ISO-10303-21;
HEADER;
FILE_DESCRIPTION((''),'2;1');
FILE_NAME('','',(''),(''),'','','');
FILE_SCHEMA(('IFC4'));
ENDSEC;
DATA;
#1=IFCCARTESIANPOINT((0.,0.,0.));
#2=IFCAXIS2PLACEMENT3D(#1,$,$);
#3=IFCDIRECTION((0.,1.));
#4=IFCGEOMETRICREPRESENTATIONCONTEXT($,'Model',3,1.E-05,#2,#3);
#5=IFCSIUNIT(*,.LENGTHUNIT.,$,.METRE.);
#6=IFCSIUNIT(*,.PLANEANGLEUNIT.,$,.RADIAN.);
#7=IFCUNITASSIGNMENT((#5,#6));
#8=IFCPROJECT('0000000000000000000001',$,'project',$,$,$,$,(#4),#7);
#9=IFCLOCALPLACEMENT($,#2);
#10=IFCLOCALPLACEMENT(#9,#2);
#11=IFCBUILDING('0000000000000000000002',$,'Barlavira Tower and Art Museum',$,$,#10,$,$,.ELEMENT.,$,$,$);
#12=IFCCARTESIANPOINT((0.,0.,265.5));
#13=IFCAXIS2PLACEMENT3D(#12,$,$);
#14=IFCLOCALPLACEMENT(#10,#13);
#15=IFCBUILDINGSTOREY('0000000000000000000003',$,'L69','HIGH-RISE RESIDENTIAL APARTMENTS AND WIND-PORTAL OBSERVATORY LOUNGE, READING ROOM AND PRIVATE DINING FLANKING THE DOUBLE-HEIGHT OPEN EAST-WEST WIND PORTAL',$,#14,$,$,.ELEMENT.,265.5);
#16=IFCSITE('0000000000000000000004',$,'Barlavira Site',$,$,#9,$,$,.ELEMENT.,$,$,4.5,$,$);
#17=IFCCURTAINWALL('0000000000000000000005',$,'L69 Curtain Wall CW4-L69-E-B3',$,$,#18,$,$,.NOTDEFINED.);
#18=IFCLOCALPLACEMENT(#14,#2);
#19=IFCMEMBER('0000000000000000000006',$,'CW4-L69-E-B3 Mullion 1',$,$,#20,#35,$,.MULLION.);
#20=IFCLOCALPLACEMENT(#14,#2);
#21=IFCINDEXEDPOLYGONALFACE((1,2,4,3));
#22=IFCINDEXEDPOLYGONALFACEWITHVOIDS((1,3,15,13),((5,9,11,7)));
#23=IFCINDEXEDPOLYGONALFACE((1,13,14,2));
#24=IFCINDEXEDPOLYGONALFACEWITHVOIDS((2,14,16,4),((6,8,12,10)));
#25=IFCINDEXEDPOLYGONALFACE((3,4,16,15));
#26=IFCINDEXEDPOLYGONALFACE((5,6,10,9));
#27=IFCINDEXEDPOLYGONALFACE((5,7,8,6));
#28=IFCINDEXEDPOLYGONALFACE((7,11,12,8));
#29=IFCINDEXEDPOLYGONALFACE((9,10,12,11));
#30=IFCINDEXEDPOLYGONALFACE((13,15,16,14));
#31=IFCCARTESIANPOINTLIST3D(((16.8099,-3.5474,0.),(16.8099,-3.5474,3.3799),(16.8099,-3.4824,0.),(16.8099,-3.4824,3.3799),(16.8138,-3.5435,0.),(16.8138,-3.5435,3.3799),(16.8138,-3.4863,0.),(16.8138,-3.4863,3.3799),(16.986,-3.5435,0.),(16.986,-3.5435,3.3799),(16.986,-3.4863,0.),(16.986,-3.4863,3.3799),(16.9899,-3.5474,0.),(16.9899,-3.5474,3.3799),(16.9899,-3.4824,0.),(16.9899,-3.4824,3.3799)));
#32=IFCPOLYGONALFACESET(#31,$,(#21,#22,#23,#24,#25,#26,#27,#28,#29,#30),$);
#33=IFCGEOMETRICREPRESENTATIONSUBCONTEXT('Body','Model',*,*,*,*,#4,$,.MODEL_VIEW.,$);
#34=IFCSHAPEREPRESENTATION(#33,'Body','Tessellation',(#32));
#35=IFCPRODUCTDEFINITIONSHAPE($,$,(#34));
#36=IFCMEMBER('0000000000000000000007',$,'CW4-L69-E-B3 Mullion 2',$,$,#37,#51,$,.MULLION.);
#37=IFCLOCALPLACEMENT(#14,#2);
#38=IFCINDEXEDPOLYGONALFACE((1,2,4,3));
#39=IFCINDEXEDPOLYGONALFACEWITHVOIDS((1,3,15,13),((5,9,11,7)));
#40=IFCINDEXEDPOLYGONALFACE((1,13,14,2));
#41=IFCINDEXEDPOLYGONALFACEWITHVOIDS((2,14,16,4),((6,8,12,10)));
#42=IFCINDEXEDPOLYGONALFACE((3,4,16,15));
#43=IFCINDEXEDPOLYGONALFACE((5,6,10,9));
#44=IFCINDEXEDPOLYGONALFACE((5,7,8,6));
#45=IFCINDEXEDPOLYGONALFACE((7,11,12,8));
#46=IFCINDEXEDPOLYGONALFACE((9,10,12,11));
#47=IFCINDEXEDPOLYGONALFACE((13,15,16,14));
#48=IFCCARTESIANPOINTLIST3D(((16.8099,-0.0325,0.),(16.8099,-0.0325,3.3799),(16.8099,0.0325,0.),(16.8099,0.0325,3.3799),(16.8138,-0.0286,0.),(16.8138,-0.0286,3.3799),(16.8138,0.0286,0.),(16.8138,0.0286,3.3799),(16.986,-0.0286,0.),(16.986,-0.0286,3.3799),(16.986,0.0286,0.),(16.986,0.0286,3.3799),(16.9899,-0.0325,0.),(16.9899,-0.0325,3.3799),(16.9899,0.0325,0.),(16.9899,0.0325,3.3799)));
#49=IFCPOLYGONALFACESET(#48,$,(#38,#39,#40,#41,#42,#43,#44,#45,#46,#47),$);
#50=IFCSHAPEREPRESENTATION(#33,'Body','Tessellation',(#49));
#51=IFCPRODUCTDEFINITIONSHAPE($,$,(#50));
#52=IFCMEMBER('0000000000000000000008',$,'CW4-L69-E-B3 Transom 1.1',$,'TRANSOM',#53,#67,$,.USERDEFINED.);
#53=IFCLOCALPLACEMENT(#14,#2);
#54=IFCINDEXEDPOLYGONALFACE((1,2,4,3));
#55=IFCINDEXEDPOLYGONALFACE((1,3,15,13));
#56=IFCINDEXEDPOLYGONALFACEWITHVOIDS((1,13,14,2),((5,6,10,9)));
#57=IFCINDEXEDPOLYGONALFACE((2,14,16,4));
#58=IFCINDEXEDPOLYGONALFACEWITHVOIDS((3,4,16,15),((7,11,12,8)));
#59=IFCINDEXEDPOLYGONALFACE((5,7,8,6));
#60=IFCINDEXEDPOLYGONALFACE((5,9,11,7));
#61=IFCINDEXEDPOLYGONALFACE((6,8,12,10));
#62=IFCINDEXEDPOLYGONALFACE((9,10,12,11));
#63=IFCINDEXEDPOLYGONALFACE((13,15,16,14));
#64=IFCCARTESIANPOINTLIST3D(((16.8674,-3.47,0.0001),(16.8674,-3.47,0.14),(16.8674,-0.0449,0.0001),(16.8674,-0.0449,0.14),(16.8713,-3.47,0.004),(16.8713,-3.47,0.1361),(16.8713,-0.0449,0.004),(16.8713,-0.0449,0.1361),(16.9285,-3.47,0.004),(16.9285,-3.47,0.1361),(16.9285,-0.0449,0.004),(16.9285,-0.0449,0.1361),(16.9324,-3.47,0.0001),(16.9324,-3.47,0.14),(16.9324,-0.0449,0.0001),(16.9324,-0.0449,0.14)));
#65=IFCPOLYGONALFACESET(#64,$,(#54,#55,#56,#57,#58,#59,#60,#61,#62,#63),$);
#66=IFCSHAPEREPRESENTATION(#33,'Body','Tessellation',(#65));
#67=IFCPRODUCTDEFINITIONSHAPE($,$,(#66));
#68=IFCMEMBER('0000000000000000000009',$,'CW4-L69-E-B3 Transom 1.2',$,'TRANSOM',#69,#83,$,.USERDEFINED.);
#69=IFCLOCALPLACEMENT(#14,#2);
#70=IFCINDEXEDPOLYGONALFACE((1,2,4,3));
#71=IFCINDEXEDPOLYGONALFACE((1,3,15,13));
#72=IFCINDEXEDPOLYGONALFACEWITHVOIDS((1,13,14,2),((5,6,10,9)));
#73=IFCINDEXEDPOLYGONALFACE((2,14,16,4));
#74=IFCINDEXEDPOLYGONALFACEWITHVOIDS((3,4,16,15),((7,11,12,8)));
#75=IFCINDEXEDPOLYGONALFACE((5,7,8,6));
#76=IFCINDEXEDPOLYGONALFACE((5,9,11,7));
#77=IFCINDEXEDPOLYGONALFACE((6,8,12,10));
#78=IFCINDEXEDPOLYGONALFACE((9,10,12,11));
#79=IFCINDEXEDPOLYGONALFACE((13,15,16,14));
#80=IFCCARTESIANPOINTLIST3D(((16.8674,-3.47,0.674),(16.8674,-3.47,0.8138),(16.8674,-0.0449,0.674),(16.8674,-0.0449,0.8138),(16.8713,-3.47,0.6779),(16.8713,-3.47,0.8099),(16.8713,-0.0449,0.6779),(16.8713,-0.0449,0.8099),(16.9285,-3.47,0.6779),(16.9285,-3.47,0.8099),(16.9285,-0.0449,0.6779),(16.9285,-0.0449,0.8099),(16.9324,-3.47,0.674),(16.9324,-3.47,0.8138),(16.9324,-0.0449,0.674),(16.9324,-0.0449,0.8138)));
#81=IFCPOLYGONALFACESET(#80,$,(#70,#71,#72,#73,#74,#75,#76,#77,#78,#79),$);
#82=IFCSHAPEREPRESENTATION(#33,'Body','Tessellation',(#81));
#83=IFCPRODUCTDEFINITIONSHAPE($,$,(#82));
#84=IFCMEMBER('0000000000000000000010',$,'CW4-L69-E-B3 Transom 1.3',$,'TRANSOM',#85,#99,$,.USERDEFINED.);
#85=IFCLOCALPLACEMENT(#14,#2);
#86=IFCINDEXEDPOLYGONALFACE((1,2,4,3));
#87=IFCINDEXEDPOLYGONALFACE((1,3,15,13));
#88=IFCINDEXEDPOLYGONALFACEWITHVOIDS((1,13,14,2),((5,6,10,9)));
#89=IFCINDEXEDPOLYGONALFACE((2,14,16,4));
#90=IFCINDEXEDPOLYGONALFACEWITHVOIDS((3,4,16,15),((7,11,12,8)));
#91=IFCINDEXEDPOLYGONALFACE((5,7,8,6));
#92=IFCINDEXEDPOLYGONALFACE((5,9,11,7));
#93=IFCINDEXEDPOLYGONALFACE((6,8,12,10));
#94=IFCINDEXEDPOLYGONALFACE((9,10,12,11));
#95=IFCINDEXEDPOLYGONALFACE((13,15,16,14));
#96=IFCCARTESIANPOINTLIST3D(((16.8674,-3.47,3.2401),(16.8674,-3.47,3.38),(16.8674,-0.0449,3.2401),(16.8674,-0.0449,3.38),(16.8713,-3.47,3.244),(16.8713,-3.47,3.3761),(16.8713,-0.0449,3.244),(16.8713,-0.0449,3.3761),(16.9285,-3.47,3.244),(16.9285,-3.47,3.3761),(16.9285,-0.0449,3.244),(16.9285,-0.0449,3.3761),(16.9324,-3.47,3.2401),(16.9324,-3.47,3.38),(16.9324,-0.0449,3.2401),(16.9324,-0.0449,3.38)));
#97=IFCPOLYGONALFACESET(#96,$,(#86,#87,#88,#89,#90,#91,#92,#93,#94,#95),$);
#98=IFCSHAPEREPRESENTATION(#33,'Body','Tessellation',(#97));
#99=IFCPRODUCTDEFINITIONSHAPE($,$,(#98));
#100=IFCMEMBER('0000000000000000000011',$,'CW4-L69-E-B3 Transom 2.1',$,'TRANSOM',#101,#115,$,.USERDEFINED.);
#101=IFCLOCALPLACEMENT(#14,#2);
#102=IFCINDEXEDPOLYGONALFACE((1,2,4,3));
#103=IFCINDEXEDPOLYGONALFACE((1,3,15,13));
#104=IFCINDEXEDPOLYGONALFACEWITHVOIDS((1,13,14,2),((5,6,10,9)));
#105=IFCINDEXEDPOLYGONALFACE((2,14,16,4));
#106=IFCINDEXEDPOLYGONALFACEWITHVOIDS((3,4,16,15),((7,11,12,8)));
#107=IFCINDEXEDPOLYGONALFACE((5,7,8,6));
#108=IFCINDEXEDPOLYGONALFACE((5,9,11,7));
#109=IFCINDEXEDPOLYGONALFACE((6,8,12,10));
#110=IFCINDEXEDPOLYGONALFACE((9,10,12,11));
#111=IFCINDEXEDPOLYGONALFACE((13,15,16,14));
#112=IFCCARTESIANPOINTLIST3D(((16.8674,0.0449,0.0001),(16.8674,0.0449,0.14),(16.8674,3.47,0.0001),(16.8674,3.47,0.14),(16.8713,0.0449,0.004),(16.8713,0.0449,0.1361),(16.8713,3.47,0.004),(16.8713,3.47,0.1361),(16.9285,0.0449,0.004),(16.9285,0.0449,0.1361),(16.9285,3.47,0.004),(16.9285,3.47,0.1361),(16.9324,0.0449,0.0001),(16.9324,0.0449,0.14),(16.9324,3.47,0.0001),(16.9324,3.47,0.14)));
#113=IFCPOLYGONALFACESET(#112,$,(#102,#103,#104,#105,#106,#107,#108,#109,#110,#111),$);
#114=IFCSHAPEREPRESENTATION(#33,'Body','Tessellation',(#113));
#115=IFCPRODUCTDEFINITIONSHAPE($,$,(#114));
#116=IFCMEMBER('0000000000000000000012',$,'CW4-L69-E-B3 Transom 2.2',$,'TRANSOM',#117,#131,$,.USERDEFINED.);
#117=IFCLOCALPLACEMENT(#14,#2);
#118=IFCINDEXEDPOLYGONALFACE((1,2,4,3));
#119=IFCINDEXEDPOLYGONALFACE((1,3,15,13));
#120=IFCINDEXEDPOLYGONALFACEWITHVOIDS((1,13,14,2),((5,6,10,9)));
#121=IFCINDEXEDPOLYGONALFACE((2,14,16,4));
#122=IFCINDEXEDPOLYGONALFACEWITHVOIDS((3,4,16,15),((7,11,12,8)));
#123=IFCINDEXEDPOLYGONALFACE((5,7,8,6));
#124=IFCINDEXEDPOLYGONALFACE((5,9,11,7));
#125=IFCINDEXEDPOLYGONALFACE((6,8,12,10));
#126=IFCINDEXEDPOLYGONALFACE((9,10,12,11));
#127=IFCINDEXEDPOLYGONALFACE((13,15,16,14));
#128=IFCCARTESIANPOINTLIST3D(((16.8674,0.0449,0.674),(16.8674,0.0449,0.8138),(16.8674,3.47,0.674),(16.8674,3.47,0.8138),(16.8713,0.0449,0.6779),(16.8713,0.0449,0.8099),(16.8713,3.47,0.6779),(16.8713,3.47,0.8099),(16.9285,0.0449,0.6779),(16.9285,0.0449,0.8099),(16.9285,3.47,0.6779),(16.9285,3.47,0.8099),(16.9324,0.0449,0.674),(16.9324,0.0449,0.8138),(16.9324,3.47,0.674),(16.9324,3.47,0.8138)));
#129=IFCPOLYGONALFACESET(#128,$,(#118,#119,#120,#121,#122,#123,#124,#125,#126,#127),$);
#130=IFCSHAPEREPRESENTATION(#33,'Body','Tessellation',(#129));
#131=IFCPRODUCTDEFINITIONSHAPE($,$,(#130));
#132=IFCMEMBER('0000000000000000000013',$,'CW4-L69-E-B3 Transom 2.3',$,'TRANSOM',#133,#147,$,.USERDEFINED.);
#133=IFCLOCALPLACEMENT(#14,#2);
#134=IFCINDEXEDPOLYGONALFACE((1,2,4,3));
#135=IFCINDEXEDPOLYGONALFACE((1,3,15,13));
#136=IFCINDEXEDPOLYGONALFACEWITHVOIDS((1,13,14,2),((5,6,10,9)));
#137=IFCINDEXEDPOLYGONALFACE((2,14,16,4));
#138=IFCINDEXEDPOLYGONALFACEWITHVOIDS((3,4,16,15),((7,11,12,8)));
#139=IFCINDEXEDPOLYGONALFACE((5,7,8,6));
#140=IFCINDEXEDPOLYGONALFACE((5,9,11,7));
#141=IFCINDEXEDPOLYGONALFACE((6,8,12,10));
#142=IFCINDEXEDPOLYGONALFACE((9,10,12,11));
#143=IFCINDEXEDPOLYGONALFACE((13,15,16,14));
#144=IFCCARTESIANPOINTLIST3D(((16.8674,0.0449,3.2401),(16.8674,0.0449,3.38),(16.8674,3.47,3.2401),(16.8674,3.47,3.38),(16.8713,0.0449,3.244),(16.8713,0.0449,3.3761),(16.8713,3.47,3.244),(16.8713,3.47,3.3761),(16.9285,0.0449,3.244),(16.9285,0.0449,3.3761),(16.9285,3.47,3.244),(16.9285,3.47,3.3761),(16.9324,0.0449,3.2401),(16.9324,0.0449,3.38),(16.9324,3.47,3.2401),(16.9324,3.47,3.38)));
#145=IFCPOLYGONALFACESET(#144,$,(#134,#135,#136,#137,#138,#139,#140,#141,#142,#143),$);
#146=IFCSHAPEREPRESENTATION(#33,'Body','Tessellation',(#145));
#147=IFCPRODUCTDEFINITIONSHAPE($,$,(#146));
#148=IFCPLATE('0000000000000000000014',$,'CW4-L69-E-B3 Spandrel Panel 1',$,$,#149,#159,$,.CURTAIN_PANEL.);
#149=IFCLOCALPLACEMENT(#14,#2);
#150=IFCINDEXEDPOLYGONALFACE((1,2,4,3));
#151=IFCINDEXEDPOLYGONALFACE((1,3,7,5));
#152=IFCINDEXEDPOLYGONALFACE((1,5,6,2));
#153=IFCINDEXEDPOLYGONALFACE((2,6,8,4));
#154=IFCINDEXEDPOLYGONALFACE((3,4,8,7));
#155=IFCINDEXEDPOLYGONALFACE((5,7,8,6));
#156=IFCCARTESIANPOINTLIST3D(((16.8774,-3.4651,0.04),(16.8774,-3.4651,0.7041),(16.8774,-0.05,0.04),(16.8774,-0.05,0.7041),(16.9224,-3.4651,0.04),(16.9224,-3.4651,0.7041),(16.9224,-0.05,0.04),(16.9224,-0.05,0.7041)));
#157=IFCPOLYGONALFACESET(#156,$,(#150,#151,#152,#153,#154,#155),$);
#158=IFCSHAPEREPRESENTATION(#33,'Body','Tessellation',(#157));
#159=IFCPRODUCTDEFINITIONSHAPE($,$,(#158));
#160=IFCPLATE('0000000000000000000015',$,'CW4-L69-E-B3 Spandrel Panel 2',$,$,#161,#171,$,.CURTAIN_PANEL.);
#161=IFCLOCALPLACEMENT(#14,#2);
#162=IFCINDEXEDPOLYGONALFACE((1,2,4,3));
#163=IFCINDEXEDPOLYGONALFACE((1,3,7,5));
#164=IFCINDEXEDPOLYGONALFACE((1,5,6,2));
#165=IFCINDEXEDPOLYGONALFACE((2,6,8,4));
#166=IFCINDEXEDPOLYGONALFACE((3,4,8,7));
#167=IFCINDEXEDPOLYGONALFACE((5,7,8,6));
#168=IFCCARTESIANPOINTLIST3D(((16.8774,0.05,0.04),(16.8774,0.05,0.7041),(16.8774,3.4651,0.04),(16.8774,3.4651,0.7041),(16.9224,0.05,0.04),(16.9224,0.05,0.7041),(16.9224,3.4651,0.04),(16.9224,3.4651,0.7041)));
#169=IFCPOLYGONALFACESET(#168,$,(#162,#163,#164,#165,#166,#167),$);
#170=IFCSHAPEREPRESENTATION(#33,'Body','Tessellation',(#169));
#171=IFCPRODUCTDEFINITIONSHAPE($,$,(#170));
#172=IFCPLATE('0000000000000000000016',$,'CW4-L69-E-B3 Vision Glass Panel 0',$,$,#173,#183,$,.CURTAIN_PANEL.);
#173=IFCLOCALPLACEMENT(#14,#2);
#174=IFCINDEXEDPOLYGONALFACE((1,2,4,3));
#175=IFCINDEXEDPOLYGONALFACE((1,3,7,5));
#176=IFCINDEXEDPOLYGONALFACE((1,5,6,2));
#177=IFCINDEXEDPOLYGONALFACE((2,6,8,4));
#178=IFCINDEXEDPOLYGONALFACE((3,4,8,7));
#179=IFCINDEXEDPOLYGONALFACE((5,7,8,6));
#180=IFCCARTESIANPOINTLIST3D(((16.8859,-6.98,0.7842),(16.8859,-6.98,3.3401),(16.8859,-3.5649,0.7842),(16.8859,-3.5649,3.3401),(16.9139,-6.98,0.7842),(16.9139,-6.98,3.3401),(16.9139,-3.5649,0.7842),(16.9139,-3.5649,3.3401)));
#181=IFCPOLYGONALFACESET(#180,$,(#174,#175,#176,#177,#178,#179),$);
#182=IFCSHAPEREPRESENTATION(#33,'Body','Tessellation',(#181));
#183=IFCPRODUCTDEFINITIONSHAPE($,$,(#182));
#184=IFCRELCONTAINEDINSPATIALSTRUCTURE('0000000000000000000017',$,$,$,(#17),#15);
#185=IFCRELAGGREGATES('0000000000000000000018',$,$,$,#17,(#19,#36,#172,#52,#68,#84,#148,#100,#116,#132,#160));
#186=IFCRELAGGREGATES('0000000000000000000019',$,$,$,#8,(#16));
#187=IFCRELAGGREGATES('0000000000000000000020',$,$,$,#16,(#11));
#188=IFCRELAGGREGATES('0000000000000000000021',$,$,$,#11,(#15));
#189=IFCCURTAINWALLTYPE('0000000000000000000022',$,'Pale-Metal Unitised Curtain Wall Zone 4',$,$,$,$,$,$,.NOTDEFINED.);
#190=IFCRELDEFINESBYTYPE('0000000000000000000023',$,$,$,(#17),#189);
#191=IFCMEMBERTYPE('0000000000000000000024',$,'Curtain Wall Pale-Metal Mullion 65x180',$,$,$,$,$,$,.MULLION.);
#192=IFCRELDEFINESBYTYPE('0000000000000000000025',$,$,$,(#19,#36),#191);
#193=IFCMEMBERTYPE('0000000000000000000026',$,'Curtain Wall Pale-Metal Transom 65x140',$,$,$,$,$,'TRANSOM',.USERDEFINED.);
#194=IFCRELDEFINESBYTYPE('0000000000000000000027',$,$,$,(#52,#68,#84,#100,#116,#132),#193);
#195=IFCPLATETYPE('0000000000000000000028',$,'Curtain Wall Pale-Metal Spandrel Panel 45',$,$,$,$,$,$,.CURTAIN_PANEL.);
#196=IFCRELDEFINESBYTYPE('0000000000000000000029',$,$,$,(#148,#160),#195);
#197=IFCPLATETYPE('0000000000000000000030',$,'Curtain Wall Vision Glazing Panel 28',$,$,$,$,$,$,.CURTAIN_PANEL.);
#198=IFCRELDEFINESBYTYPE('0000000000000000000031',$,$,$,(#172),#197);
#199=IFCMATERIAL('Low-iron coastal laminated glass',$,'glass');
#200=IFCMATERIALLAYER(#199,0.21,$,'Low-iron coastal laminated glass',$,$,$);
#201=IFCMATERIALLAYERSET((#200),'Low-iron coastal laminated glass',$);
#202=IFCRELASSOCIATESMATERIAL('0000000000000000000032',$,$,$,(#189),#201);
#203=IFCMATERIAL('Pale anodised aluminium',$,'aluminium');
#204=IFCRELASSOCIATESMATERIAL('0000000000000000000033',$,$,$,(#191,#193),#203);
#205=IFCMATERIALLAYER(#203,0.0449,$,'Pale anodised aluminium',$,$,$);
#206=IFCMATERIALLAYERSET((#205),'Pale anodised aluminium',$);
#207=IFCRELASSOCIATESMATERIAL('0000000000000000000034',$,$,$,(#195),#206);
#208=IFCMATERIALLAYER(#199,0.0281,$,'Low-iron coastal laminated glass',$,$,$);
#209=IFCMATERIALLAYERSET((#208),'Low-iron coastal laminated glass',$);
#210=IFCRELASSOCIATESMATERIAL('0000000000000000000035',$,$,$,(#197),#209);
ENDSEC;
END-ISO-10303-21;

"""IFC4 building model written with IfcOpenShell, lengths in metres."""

from ifc_helpers import new_model, si_unit, direction, frame, origin, origin_2d, place, context, subcontext, project, spatial, rectangle, hollow_rectangle, extrude, material, layer, layer_set, material_profile, profile_set, type_object, element, aggregate, save


model = new_model("IFC4")

# Units and contexts
model_context = context("Model", 3, precision=1e-05, world=origin(), true_north=direction((0.0, 1.0)))
body_context = subcontext(model_context, "Body", "Model", "MODEL_VIEW")
ifc_project = project(units=[si_unit("LENGTHUNIT", "METRE"), si_unit("PLANEANGLEUNIT", "RADIAN")], contexts=[model_context])

# Site, building, storey
site_placement = place(None, origin())
site = spatial("IfcSite", under=ifc_project, at=site_placement, Name="Barlavira Site", CompositionType="ELEMENT", RefElevation=4.5)
building_placement = place(site_placement, origin())
building = spatial("IfcBuilding", under=site, at=building_placement, Name="Barlavira Tower and Art Museum", CompositionType="ELEMENT")
storey_placement = place(building_placement, frame((0.0, 0.0, 265.5)))
storey = spatial("IfcBuildingStorey", under=building, at=storey_placement, Name="L69", Description="HIGH-RISE RESIDENTIAL APARTMENTS AND WIND-PORTAL OBSERVATORY LOUNGE, READING ROOM AND PRIVATE DINING FLANKING THE DOUBLE-HEIGHT OPEN EAST-WEST WIND PORTAL", CompositionType="ELEMENT", Elevation=265.5)

# Curtain wall, members, plates
ifc_material_1 = material(Name="Low-iron coastal laminated glass", Category="glass")
ifc_layer_1 = layer(ifc_material_1, 0.21, Name="Low-iron coastal laminated glass")
ifc_layer_set_1 = layer_set([ifc_layer_1], Name="Low-iron coastal laminated glass")
curtain_wall_type = type_object("IfcCurtainWallType", Name="Pale-Metal Unitised Curtain Wall Zone 4", PredefinedType="NOTDEFINED", material=ifc_layer_set_1)
curtain_wall_placement = place(storey_placement, origin())
curtain_wall = element("IfcCurtainWall", 1, at=curtain_wall_placement, inside=storey, type_object=curtain_wall_type, Name="L69 Curtain Wall CW4-L69-E-B3", PredefinedType="NOTDEFINED")
ifc_material_2 = material(Name="Pale anodised aluminium", Category="aluminium")
ifc_material_profile_1 = material_profile(ifc_material_2, hollow_rectangle(XDim=0.0649, YDim=0.1799, WallThickness=0.0039, at=origin_2d()), Name="ALU-MULL 65x180x4")
ifc_profile_set_1 = profile_set([ifc_material_profile_1], Name="Pale anodised aluminium")
member_type_1 = type_object("IfcMemberType", Name="Curtain Wall Pale-Metal Mullion 65x180", PredefinedType="MULLION", material=ifc_profile_set_1)
member_1_placement = place(storey_placement, frame((16.8999, -3.5149, 0.0), z_axis=(0.0, 0.0, 1.0), x_axis=(0.0, 1.0, 0.0)))
member_1 = element("IfcMember", 2, at=member_1_placement, type_object=member_type_1, Name="CW4-L69-E-B3 Mullion 1", PredefinedType="MULLION", context=body_context, shape_type="SweptSolid", body=[
    extrude(hollow_rectangle(XDim=0.0649, YDim=0.1799, WallThickness=0.0039, at=origin_2d()), origin(), (0.0, 0.0, 1.0), 3.3799),
])
member_2_placement = place(storey_placement, frame((16.8999, 0.0, 0.0), z_axis=(0.0, 0.0, 1.0), x_axis=(0.0, 1.0, 0.0)))
member_2 = element("IfcMember", 3, at=member_2_placement, type_object=member_type_1, Name="CW4-L69-E-B3 Mullion 2", PredefinedType="MULLION", context=body_context, shape_type="SweptSolid", body=[
    extrude(hollow_rectangle(XDim=0.0649, YDim=0.1799, WallThickness=0.0039, at=origin_2d()), origin(), (0.0, 0.0, 1.0), 3.3799),
])
ifc_material_profile_2 = material_profile(ifc_material_2, hollow_rectangle(XDim=0.0649, YDim=0.1399, WallThickness=0.0039, at=origin_2d()), Name="ALU-TRAN 65x140x4")
ifc_profile_set_2 = profile_set([ifc_material_profile_2], Name="Pale anodised aluminium")
member_type_2 = type_object("IfcMemberType", Name="Curtain Wall Pale-Metal Transom 65x140", ElementType="TRANSOM", PredefinedType="USERDEFINED", material=ifc_profile_set_2)
member_3_placement = place(storey_placement, frame((16.8999, -3.47, 0.0701), z_axis=(0.0, 1.0, 0.0), x_axis=(-1.0, 0.0, 0.0)))
member_3 = element("IfcMember", 4, at=member_3_placement, type_object=member_type_2, Name="CW4-L69-E-B3 Transom 1.1", ObjectType="TRANSOM", PredefinedType="USERDEFINED", context=body_context, shape_type="SweptSolid", body=[
    extrude(hollow_rectangle(XDim=0.0649, YDim=0.1399, WallThickness=0.0039, at=origin_2d()), origin(), (0.0, 0.0, 1.0), 3.425),
])
member_4_placement = place(storey_placement, frame((16.8999, -3.47, 0.7439), z_axis=(0.0, 1.0, 0.0), x_axis=(-1.0, 0.0, 0.0)))
member_4 = element("IfcMember", 5, at=member_4_placement, type_object=member_type_2, Name="CW4-L69-E-B3 Transom 1.2", ObjectType="TRANSOM", PredefinedType="USERDEFINED", context=body_context, shape_type="SweptSolid", body=[
    extrude(hollow_rectangle(XDim=0.0649, YDim=0.1399, WallThickness=0.0039, at=origin_2d()), origin(), (0.0, 0.0, 1.0), 3.425),
])
member_5_placement = place(storey_placement, frame((16.8999, -3.47, 3.3101), z_axis=(0.0, 1.0, 0.0), x_axis=(-1.0, 0.0, 0.0)))
member_5 = element("IfcMember", 6, at=member_5_placement, type_object=member_type_2, Name="CW4-L69-E-B3 Transom 1.3", ObjectType="TRANSOM", PredefinedType="USERDEFINED", context=body_context, shape_type="SweptSolid", body=[
    extrude(hollow_rectangle(XDim=0.0649, YDim=0.1399, WallThickness=0.0039, at=origin_2d()), origin(), (0.0, 0.0, 1.0), 3.425),
])
member_6_placement = place(storey_placement, frame((16.8999, 0.0449, 0.0701), z_axis=(0.0, 1.0, 0.0), x_axis=(-1.0, 0.0, 0.0)))
member_6 = element("IfcMember", 7, at=member_6_placement, type_object=member_type_2, Name="CW4-L69-E-B3 Transom 2.1", ObjectType="TRANSOM", PredefinedType="USERDEFINED", context=body_context, shape_type="SweptSolid", body=[
    extrude(hollow_rectangle(XDim=0.0649, YDim=0.1399, WallThickness=0.0039, at=origin_2d()), origin(), (0.0, 0.0, 1.0), 3.425),
])
member_7_placement = place(storey_placement, frame((16.8999, 0.0449, 0.7439), z_axis=(0.0, 1.0, 0.0), x_axis=(-1.0, 0.0, 0.0)))
member_7 = element("IfcMember", 8, at=member_7_placement, type_object=member_type_2, Name="CW4-L69-E-B3 Transom 2.2", ObjectType="TRANSOM", PredefinedType="USERDEFINED", context=body_context, shape_type="SweptSolid", body=[
    extrude(hollow_rectangle(XDim=0.0649, YDim=0.1399, WallThickness=0.0039, at=origin_2d()), origin(), (0.0, 0.0, 1.0), 3.425),
])
member_8_placement = place(storey_placement, frame((16.8999, 0.0449, 3.3101), z_axis=(0.0, 1.0, 0.0), x_axis=(-1.0, 0.0, 0.0)))
member_8 = element("IfcMember", 9, at=member_8_placement, type_object=member_type_2, Name="CW4-L69-E-B3 Transom 2.3", ObjectType="TRANSOM", PredefinedType="USERDEFINED", context=body_context, shape_type="SweptSolid", body=[
    extrude(hollow_rectangle(XDim=0.0649, YDim=0.1399, WallThickness=0.0039, at=origin_2d()), origin(), (0.0, 0.0, 1.0), 3.425),
])
ifc_layer_2 = layer(ifc_material_2, 0.0449, Name="Pale anodised aluminium")
ifc_layer_set_2 = layer_set([ifc_layer_2], Name="Pale anodised aluminium")
plate_type_1 = type_object("IfcPlateType", Name="Curtain Wall Pale-Metal Spandrel Panel 45", PredefinedType="CURTAIN_PANEL", material=ifc_layer_set_2)
plate_1_placement = place(storey_placement, frame((16.8999, -1.7576, 0.04), z_axis=(0.0, 0.0, 1.0), x_axis=(0.0, 1.0, 0.0)))
plate_1 = element("IfcPlate", 10, at=plate_1_placement, type_object=plate_type_1, Name="CW4-L69-E-B3 Spandrel Panel 1", PredefinedType="CURTAIN_PANEL", context=body_context, shape_type="SweptSolid", body=[
    extrude(rectangle(XDim=3.415, YDim=0.0449, at=origin_2d()), origin(), (0.0, 0.0, 1.0), 0.6641),
])
plate_2_placement = place(storey_placement, frame((16.8999, 1.7576, 0.04), z_axis=(0.0, 0.0, 1.0), x_axis=(0.0, 1.0, 0.0)))
plate_2 = element("IfcPlate", 11, at=plate_2_placement, type_object=plate_type_1, Name="CW4-L69-E-B3 Spandrel Panel 2", PredefinedType="CURTAIN_PANEL", context=body_context, shape_type="SweptSolid", body=[
    extrude(rectangle(XDim=3.415, YDim=0.0449, at=origin_2d()), origin(), (0.0, 0.0, 1.0), 0.6641),
])
ifc_layer_3 = layer(ifc_material_1, 0.0281, Name="Low-iron coastal laminated glass")
ifc_layer_set_3 = layer_set([ifc_layer_3], Name="Low-iron coastal laminated glass")
plate_type_2 = type_object("IfcPlateType", Name="Curtain Wall Vision Glazing Panel 28", PredefinedType="CURTAIN_PANEL", material=ifc_layer_set_3)
plate_3_placement = place(storey_placement, frame((16.8999, -5.2725, 0.7842), z_axis=(0.0, 0.0, 1.0), x_axis=(0.0, 1.0, 0.0)))
plate_3 = element("IfcPlate", 12, at=plate_3_placement, type_object=plate_type_2, Name="CW4-L69-E-B3 Vision Glass Panel 0", PredefinedType="CURTAIN_PANEL", context=body_context, shape_type="SweptSolid", body=[
    extrude(rectangle(XDim=3.415, YDim=0.0281, at=origin_2d()), origin(), (0.0, 0.0, 1.0), 2.5559),
])
aggregate(curtain_wall, [member_1, member_2, plate_3, member_3, member_4, member_5, plate_1, member_6, member_7, member_8, plate_2])

save(model, "model.ifc")
